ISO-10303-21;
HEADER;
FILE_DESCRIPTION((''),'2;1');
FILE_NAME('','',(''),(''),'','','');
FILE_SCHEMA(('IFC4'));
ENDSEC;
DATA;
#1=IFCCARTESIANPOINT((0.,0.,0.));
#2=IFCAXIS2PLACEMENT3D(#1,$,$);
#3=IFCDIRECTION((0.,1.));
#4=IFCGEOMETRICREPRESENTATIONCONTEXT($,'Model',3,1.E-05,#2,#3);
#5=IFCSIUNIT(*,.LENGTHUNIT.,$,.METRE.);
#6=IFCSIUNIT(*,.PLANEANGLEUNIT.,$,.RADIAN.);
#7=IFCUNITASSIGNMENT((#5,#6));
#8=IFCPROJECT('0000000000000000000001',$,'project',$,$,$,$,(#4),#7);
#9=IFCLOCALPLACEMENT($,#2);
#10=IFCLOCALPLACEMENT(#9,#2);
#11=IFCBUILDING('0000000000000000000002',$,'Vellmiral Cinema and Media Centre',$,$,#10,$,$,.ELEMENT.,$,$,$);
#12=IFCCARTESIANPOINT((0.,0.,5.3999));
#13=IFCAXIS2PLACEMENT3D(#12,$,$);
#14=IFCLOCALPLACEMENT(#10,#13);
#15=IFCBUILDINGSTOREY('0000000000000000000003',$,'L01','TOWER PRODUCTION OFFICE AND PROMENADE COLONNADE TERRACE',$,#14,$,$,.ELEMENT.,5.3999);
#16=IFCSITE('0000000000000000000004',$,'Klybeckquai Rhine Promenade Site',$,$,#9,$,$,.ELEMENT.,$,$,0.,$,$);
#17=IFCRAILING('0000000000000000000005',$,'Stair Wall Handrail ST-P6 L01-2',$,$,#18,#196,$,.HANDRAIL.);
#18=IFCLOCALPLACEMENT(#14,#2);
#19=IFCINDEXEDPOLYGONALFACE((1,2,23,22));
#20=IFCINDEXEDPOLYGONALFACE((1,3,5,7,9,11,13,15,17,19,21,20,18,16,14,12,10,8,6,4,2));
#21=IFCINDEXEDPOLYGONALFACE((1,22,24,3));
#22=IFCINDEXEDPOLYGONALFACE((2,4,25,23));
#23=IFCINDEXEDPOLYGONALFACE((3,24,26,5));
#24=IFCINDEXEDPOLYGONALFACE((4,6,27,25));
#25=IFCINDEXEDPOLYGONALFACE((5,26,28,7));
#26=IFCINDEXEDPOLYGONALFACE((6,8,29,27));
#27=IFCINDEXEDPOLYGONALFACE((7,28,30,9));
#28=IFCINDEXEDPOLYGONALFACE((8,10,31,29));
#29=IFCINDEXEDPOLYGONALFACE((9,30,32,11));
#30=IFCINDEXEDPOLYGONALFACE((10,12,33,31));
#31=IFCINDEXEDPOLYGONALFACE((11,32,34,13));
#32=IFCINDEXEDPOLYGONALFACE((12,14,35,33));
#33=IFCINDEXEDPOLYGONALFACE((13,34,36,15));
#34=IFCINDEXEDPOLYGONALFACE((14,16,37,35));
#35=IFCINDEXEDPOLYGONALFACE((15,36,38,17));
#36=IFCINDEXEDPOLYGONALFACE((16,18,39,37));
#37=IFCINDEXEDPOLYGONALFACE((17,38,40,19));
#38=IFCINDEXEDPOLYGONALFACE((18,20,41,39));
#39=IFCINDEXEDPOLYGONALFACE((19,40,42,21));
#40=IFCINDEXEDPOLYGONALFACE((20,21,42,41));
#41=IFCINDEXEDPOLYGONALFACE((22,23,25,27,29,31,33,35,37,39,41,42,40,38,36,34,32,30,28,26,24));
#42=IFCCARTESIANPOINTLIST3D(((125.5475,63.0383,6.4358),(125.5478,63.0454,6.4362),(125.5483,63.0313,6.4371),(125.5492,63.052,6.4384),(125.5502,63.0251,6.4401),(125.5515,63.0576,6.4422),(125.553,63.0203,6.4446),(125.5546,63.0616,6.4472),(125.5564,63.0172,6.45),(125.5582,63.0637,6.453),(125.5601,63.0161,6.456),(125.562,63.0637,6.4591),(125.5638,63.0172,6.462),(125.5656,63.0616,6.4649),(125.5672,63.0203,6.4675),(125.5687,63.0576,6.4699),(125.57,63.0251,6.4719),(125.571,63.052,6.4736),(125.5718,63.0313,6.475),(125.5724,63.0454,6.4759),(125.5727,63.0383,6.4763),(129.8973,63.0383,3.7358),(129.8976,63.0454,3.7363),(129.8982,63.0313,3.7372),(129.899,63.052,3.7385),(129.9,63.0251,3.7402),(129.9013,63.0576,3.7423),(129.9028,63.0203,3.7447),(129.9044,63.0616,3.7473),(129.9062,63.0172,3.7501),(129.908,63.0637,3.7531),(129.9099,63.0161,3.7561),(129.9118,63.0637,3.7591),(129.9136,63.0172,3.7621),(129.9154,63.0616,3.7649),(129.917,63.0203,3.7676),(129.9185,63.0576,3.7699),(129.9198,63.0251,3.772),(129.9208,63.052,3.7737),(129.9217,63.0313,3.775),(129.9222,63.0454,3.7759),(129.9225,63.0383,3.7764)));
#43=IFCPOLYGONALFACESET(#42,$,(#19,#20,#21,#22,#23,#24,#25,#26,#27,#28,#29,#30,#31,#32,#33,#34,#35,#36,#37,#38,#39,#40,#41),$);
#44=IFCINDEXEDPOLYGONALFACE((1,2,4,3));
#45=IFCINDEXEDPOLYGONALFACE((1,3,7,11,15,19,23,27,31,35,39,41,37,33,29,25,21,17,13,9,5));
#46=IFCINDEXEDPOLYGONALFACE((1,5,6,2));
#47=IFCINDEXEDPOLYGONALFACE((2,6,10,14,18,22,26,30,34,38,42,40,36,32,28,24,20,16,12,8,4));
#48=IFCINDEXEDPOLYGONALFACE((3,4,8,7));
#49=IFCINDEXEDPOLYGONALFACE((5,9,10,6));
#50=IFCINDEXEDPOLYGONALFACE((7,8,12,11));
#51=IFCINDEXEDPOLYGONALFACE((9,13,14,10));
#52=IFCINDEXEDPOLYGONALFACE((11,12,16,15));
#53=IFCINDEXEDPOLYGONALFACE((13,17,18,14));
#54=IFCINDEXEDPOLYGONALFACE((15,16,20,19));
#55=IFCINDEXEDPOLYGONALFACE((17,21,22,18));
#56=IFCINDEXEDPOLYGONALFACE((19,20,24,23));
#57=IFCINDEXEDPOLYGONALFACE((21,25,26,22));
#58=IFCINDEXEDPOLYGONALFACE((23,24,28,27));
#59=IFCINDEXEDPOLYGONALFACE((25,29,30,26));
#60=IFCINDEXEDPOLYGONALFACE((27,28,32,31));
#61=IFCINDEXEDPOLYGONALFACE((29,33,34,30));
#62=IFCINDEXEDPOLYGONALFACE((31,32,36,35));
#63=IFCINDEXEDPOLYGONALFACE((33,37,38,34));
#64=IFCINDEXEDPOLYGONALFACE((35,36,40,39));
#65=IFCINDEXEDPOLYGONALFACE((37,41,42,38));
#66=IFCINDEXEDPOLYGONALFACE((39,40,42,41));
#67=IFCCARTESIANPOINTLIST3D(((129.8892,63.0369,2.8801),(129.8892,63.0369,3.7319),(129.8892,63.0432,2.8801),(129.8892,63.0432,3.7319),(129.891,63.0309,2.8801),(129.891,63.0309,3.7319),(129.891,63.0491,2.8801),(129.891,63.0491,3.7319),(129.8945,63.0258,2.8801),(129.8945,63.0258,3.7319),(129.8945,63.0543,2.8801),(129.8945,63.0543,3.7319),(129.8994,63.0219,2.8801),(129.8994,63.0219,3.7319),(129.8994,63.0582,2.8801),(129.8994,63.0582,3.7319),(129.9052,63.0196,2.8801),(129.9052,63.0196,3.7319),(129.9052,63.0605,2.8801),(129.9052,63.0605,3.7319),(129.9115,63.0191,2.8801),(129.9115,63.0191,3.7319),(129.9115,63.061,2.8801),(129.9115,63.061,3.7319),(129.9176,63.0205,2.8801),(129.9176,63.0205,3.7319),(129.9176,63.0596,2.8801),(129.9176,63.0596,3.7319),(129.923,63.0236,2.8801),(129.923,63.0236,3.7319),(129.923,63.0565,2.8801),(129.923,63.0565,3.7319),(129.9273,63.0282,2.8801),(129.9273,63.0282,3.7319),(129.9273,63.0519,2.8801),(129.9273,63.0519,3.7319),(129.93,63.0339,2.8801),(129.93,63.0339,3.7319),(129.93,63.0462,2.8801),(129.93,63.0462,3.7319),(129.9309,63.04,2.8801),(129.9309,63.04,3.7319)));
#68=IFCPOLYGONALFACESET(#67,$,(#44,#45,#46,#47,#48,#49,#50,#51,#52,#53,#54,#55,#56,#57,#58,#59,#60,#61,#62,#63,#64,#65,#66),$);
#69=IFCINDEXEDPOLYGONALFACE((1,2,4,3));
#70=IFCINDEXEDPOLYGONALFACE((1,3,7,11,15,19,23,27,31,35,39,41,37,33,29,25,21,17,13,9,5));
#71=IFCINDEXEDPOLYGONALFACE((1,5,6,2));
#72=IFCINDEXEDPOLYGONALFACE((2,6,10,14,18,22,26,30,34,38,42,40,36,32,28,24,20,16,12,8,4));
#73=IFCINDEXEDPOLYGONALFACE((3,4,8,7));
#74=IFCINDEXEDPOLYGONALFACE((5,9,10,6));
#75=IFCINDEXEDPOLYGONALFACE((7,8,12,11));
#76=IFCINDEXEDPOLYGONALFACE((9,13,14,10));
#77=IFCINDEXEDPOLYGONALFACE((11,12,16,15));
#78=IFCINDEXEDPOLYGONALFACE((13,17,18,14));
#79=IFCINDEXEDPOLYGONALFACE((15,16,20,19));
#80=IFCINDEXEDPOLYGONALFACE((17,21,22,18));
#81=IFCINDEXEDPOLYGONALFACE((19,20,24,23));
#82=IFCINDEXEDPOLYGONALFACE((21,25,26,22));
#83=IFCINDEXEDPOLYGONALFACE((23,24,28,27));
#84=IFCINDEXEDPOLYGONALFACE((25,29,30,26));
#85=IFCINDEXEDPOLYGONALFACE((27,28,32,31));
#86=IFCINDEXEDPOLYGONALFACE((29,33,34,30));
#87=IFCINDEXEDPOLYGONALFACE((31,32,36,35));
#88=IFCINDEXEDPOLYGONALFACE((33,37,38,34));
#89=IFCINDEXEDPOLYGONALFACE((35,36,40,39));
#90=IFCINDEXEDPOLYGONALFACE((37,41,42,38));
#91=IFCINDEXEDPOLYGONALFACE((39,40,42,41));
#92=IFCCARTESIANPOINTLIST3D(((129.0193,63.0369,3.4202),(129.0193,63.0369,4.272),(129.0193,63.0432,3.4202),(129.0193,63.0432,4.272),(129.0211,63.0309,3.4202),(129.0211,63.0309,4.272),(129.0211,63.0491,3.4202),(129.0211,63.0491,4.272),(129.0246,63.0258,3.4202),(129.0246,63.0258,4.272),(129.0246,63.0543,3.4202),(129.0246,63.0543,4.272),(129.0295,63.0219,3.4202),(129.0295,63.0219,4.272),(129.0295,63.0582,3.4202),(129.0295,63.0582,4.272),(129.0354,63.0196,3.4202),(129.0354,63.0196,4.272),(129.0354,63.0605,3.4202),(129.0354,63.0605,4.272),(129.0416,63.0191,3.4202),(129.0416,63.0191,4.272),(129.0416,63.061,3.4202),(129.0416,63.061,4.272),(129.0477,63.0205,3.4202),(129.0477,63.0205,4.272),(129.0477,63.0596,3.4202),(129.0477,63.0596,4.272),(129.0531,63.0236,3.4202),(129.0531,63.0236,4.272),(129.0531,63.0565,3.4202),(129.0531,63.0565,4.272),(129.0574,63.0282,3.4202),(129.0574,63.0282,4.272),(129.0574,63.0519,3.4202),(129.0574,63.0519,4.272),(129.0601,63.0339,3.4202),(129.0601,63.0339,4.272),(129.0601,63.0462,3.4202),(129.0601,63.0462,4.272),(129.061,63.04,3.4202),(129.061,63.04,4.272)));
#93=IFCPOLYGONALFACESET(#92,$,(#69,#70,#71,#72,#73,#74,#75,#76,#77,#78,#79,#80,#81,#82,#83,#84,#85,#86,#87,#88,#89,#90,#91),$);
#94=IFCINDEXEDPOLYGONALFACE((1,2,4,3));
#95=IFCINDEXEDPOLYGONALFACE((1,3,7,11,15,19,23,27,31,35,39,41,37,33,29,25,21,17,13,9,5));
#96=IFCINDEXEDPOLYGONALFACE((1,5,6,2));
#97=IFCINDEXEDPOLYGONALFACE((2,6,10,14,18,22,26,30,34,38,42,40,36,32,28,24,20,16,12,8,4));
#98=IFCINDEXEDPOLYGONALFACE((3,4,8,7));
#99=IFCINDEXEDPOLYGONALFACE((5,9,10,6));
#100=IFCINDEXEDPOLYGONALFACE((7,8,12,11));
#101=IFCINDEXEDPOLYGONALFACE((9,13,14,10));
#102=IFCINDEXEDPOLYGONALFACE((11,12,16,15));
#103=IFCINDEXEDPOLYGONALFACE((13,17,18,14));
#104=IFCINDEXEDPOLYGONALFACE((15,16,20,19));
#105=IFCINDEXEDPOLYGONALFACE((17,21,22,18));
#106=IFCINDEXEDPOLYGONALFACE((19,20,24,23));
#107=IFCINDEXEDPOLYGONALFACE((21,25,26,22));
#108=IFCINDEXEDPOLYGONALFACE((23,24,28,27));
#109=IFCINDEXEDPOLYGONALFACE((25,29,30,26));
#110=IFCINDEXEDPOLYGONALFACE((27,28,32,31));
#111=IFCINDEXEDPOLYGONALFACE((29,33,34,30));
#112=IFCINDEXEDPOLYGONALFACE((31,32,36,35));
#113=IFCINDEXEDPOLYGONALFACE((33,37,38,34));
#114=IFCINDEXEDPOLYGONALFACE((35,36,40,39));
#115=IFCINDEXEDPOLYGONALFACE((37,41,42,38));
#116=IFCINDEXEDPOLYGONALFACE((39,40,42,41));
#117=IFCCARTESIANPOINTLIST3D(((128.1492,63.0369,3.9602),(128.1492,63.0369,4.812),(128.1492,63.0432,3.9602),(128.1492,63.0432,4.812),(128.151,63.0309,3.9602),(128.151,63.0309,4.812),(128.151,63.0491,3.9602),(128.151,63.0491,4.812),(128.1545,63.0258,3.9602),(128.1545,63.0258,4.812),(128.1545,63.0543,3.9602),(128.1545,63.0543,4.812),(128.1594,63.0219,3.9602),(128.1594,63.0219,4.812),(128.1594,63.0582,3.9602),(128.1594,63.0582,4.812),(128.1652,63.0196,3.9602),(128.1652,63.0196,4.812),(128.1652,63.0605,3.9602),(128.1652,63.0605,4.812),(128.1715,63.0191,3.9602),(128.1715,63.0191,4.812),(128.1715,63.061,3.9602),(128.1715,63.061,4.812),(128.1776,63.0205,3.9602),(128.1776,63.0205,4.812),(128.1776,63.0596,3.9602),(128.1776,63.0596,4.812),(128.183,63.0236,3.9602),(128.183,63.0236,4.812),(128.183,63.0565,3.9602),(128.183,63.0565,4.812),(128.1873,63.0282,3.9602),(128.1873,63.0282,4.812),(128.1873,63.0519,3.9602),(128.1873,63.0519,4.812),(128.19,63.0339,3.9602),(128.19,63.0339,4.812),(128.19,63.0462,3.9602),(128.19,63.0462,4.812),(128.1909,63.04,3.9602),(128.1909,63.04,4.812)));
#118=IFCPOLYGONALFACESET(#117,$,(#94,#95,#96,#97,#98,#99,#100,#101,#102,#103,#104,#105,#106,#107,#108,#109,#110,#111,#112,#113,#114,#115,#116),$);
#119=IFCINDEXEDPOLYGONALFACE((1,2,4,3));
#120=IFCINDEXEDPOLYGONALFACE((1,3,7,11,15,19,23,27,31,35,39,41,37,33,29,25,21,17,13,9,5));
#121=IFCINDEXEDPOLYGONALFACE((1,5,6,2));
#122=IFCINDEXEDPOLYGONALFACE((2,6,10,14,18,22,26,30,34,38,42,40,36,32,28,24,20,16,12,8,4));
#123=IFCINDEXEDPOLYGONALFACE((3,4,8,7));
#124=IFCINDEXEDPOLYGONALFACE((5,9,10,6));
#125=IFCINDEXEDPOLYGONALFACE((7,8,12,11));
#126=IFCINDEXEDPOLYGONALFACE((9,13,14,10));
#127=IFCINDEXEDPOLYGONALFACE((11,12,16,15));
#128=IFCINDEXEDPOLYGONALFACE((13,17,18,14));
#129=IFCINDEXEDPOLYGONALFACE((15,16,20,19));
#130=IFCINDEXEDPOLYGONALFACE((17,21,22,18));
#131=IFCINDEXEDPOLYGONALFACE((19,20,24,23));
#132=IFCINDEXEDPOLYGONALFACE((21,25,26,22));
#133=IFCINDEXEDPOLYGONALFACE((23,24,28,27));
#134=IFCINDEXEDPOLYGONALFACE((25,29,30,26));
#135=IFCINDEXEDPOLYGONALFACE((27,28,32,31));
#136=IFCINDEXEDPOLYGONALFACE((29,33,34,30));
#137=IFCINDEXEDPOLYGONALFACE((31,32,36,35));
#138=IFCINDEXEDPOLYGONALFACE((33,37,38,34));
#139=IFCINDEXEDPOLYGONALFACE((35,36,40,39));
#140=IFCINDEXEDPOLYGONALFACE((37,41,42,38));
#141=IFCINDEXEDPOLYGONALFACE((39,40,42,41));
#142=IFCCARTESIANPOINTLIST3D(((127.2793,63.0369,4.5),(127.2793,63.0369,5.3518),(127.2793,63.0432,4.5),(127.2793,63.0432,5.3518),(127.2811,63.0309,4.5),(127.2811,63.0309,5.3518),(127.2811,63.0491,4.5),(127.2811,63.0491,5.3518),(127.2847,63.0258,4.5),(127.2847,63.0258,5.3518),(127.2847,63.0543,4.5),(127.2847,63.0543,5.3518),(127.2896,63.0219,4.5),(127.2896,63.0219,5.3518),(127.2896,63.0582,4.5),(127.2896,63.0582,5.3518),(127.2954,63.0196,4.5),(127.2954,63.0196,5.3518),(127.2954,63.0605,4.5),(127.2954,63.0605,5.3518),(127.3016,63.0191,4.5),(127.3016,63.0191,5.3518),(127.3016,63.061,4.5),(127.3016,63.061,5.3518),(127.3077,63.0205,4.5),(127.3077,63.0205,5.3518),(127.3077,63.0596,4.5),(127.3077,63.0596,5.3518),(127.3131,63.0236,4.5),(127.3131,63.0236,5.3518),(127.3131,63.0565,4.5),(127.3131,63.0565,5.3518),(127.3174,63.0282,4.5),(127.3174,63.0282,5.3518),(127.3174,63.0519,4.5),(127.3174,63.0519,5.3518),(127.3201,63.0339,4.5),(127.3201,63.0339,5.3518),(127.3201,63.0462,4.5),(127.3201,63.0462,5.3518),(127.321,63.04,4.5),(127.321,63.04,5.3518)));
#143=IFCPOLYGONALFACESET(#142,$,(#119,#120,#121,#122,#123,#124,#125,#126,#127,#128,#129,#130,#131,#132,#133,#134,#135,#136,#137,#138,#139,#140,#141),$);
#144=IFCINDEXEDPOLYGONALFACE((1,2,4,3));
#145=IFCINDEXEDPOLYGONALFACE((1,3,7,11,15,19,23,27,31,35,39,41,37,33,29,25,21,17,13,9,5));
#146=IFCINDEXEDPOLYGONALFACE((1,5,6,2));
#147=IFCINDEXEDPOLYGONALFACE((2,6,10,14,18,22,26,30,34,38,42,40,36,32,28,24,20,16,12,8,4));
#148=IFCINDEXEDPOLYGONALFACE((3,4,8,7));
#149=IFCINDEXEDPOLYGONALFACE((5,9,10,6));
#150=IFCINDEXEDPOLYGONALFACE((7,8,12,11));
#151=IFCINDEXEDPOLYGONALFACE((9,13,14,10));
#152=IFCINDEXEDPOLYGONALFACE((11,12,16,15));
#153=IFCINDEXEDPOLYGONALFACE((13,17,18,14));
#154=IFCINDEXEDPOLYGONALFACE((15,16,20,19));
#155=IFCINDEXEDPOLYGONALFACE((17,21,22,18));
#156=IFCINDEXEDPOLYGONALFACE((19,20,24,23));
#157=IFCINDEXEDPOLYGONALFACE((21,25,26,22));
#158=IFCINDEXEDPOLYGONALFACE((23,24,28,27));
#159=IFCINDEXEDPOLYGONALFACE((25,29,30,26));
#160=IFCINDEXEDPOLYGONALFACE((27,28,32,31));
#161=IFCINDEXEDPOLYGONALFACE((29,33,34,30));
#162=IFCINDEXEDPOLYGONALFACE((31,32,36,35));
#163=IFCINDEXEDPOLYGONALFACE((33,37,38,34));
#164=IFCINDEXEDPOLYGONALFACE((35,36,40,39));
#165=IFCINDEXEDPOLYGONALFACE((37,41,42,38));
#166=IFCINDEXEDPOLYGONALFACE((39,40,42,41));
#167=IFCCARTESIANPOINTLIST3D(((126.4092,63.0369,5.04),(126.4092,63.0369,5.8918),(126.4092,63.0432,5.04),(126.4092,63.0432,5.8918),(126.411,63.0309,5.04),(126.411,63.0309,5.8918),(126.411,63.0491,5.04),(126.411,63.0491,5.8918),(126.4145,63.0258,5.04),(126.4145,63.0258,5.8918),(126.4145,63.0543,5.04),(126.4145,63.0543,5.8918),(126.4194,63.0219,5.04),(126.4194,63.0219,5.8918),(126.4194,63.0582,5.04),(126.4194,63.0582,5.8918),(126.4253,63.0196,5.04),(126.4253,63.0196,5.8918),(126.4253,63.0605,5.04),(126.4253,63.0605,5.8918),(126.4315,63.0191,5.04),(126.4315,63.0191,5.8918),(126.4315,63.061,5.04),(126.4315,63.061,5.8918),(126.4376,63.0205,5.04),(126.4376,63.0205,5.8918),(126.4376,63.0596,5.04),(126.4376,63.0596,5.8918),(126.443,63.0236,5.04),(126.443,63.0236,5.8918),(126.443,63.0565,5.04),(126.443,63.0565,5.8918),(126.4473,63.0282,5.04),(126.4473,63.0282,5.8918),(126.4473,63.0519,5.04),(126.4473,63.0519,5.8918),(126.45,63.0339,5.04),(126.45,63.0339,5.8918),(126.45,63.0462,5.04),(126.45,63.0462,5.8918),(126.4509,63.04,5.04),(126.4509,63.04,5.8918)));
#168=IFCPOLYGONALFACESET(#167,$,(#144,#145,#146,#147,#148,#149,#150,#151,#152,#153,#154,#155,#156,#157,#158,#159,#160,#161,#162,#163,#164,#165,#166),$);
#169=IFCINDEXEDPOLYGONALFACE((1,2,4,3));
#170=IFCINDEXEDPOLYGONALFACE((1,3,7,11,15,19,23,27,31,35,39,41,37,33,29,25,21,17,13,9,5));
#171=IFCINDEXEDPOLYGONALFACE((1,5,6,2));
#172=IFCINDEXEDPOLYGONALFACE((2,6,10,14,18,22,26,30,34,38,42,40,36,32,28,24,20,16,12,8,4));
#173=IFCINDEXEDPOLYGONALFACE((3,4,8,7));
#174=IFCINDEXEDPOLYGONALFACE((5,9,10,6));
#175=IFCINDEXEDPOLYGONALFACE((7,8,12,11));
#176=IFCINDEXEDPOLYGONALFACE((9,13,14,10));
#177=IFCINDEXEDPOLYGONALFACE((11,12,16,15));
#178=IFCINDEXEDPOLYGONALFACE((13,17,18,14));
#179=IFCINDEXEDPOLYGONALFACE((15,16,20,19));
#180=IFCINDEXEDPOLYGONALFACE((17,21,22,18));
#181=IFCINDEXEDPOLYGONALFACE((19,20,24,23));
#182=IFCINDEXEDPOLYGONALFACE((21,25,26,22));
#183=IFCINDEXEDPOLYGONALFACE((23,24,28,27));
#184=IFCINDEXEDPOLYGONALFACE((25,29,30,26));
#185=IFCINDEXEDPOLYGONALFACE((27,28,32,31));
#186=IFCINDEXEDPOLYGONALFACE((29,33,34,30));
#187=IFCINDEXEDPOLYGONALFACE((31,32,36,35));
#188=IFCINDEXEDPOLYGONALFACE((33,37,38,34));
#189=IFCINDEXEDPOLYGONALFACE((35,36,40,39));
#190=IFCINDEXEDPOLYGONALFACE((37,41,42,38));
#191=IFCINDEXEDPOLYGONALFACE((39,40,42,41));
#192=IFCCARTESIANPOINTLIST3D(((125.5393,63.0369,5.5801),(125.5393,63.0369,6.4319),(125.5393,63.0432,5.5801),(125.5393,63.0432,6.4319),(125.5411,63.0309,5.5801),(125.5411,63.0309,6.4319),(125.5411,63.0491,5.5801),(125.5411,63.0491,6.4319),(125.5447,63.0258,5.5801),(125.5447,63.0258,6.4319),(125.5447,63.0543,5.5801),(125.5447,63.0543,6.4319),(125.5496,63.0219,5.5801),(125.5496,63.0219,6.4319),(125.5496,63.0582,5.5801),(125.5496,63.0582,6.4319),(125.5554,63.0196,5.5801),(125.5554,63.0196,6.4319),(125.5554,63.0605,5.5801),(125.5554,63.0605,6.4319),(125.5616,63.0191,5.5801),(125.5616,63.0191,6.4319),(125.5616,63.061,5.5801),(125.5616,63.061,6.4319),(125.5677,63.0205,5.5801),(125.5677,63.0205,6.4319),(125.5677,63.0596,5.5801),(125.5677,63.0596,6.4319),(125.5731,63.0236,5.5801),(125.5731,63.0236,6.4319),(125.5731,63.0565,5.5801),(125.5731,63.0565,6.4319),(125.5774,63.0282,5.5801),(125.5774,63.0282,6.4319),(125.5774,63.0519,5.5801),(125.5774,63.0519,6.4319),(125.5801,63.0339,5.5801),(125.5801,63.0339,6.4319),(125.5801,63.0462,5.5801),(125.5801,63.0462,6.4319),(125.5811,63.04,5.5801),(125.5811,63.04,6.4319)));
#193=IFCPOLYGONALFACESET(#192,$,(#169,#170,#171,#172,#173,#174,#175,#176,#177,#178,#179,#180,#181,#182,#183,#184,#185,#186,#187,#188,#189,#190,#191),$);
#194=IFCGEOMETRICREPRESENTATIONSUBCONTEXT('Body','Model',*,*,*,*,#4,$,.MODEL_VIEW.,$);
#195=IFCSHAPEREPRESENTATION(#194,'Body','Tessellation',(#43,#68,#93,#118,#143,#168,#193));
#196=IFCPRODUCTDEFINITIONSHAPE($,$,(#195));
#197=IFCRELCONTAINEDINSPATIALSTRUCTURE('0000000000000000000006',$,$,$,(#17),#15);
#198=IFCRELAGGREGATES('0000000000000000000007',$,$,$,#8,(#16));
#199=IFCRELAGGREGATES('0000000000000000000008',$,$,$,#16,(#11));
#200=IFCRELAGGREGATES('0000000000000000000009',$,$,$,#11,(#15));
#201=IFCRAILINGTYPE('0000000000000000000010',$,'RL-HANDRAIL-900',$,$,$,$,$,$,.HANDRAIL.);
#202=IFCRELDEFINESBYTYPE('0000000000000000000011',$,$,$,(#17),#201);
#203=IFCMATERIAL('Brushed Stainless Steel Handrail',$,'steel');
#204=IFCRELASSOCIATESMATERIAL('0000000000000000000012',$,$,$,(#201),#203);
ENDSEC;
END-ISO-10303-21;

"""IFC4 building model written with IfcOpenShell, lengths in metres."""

from ifc_helpers import new_model, si_unit, direction, frame, origin, origin_2d, place, context, subcontext, project, spatial, circle, extrude, material, type_object, element, save


model = new_model("IFC4")

# Units and contexts
model_context = context("Model", 3, precision=1e-05, world=origin(), true_north=direction((0.0, 1.0)))
body_context = subcontext(model_context, "Body", "Model", "MODEL_VIEW")
ifc_project = project(units=[si_unit("LENGTHUNIT", "METRE"), si_unit("PLANEANGLEUNIT", "RADIAN")], contexts=[model_context])

# Site, building, storey
site_placement = place(None, origin())
site = spatial("IfcSite", under=ifc_project, at=site_placement, Name="Klybeckquai Rhine Promenade Site", CompositionType="ELEMENT", RefElevation=0.0)
building_placement = place(site_placement, origin())
building = spatial("IfcBuilding", under=site, at=building_placement, Name="Vellmiral Cinema and Media Centre", CompositionType="ELEMENT")
storey_placement = place(building_placement, frame((0.0, 0.0, 5.3999)))
storey = spatial("IfcBuildingStorey", under=building, at=storey_placement, Name="L01", Description="TOWER PRODUCTION OFFICE AND PROMENADE COLONNADE TERRACE", CompositionType="ELEMENT", Elevation=5.3999)

# Railing
ifc_material_1 = material(Name="Brushed Stainless Steel Handrail", Category="steel")
railing_type_1 = type_object("IfcRailingType", Name="RL-HANDRAIL-900", PredefinedType="HANDRAIL", material=ifc_material_1)
railing_1_placement = place(storey_placement, frame((129.9099, 63.04, 2.8801)))
element("IfcRailing", 1, at=railing_1_placement, inside=storey, type_object=railing_type_1, Name="Stair Wall Handrail ST-P6 L01-2", PredefinedType="HANDRAIL", context=body_context, shape_type="SweptSolid", body=[
    extrude(circle(Radius=0.0239, at=origin_2d()), frame((0.0, 0.0, 0.876), z_axis=(-0.849636, 0.0, 0.527369), x_axis=(0.0, -1.0, 0.0)), (0.0, 0.0, 1.0), 5.1196),
    extrude(circle(Radius=0.021, at=origin_2d()), origin(), (0.0, 0.0, 1.0), 0.8518),
    extrude(circle(Radius=0.021, at=origin_2d()), frame((-0.8699, 0.0, 0.54)), (0.0, 0.0, 1.0), 0.8518),
    extrude(circle(Radius=0.021, at=origin_2d()), frame((-1.74, 0.0, 1.0801)), (0.0, 0.0, 1.0), 0.8518),
    extrude(circle(Radius=0.021, at=origin_2d()), frame((-2.6099, 0.0, 1.6199)), (0.0, 0.0, 1.0), 0.8518),
    extrude(circle(Radius=0.021, at=origin_2d()), frame((-3.48, 0.0, 2.1599)), (0.0, 0.0, 1.0), 0.8518),
    extrude(circle(Radius=0.021, at=origin_2d()), frame((-4.3499, 0.0, 2.7)), (0.0, 0.0, 1.0), 0.8518),
])

save(model, "model.ifc")
